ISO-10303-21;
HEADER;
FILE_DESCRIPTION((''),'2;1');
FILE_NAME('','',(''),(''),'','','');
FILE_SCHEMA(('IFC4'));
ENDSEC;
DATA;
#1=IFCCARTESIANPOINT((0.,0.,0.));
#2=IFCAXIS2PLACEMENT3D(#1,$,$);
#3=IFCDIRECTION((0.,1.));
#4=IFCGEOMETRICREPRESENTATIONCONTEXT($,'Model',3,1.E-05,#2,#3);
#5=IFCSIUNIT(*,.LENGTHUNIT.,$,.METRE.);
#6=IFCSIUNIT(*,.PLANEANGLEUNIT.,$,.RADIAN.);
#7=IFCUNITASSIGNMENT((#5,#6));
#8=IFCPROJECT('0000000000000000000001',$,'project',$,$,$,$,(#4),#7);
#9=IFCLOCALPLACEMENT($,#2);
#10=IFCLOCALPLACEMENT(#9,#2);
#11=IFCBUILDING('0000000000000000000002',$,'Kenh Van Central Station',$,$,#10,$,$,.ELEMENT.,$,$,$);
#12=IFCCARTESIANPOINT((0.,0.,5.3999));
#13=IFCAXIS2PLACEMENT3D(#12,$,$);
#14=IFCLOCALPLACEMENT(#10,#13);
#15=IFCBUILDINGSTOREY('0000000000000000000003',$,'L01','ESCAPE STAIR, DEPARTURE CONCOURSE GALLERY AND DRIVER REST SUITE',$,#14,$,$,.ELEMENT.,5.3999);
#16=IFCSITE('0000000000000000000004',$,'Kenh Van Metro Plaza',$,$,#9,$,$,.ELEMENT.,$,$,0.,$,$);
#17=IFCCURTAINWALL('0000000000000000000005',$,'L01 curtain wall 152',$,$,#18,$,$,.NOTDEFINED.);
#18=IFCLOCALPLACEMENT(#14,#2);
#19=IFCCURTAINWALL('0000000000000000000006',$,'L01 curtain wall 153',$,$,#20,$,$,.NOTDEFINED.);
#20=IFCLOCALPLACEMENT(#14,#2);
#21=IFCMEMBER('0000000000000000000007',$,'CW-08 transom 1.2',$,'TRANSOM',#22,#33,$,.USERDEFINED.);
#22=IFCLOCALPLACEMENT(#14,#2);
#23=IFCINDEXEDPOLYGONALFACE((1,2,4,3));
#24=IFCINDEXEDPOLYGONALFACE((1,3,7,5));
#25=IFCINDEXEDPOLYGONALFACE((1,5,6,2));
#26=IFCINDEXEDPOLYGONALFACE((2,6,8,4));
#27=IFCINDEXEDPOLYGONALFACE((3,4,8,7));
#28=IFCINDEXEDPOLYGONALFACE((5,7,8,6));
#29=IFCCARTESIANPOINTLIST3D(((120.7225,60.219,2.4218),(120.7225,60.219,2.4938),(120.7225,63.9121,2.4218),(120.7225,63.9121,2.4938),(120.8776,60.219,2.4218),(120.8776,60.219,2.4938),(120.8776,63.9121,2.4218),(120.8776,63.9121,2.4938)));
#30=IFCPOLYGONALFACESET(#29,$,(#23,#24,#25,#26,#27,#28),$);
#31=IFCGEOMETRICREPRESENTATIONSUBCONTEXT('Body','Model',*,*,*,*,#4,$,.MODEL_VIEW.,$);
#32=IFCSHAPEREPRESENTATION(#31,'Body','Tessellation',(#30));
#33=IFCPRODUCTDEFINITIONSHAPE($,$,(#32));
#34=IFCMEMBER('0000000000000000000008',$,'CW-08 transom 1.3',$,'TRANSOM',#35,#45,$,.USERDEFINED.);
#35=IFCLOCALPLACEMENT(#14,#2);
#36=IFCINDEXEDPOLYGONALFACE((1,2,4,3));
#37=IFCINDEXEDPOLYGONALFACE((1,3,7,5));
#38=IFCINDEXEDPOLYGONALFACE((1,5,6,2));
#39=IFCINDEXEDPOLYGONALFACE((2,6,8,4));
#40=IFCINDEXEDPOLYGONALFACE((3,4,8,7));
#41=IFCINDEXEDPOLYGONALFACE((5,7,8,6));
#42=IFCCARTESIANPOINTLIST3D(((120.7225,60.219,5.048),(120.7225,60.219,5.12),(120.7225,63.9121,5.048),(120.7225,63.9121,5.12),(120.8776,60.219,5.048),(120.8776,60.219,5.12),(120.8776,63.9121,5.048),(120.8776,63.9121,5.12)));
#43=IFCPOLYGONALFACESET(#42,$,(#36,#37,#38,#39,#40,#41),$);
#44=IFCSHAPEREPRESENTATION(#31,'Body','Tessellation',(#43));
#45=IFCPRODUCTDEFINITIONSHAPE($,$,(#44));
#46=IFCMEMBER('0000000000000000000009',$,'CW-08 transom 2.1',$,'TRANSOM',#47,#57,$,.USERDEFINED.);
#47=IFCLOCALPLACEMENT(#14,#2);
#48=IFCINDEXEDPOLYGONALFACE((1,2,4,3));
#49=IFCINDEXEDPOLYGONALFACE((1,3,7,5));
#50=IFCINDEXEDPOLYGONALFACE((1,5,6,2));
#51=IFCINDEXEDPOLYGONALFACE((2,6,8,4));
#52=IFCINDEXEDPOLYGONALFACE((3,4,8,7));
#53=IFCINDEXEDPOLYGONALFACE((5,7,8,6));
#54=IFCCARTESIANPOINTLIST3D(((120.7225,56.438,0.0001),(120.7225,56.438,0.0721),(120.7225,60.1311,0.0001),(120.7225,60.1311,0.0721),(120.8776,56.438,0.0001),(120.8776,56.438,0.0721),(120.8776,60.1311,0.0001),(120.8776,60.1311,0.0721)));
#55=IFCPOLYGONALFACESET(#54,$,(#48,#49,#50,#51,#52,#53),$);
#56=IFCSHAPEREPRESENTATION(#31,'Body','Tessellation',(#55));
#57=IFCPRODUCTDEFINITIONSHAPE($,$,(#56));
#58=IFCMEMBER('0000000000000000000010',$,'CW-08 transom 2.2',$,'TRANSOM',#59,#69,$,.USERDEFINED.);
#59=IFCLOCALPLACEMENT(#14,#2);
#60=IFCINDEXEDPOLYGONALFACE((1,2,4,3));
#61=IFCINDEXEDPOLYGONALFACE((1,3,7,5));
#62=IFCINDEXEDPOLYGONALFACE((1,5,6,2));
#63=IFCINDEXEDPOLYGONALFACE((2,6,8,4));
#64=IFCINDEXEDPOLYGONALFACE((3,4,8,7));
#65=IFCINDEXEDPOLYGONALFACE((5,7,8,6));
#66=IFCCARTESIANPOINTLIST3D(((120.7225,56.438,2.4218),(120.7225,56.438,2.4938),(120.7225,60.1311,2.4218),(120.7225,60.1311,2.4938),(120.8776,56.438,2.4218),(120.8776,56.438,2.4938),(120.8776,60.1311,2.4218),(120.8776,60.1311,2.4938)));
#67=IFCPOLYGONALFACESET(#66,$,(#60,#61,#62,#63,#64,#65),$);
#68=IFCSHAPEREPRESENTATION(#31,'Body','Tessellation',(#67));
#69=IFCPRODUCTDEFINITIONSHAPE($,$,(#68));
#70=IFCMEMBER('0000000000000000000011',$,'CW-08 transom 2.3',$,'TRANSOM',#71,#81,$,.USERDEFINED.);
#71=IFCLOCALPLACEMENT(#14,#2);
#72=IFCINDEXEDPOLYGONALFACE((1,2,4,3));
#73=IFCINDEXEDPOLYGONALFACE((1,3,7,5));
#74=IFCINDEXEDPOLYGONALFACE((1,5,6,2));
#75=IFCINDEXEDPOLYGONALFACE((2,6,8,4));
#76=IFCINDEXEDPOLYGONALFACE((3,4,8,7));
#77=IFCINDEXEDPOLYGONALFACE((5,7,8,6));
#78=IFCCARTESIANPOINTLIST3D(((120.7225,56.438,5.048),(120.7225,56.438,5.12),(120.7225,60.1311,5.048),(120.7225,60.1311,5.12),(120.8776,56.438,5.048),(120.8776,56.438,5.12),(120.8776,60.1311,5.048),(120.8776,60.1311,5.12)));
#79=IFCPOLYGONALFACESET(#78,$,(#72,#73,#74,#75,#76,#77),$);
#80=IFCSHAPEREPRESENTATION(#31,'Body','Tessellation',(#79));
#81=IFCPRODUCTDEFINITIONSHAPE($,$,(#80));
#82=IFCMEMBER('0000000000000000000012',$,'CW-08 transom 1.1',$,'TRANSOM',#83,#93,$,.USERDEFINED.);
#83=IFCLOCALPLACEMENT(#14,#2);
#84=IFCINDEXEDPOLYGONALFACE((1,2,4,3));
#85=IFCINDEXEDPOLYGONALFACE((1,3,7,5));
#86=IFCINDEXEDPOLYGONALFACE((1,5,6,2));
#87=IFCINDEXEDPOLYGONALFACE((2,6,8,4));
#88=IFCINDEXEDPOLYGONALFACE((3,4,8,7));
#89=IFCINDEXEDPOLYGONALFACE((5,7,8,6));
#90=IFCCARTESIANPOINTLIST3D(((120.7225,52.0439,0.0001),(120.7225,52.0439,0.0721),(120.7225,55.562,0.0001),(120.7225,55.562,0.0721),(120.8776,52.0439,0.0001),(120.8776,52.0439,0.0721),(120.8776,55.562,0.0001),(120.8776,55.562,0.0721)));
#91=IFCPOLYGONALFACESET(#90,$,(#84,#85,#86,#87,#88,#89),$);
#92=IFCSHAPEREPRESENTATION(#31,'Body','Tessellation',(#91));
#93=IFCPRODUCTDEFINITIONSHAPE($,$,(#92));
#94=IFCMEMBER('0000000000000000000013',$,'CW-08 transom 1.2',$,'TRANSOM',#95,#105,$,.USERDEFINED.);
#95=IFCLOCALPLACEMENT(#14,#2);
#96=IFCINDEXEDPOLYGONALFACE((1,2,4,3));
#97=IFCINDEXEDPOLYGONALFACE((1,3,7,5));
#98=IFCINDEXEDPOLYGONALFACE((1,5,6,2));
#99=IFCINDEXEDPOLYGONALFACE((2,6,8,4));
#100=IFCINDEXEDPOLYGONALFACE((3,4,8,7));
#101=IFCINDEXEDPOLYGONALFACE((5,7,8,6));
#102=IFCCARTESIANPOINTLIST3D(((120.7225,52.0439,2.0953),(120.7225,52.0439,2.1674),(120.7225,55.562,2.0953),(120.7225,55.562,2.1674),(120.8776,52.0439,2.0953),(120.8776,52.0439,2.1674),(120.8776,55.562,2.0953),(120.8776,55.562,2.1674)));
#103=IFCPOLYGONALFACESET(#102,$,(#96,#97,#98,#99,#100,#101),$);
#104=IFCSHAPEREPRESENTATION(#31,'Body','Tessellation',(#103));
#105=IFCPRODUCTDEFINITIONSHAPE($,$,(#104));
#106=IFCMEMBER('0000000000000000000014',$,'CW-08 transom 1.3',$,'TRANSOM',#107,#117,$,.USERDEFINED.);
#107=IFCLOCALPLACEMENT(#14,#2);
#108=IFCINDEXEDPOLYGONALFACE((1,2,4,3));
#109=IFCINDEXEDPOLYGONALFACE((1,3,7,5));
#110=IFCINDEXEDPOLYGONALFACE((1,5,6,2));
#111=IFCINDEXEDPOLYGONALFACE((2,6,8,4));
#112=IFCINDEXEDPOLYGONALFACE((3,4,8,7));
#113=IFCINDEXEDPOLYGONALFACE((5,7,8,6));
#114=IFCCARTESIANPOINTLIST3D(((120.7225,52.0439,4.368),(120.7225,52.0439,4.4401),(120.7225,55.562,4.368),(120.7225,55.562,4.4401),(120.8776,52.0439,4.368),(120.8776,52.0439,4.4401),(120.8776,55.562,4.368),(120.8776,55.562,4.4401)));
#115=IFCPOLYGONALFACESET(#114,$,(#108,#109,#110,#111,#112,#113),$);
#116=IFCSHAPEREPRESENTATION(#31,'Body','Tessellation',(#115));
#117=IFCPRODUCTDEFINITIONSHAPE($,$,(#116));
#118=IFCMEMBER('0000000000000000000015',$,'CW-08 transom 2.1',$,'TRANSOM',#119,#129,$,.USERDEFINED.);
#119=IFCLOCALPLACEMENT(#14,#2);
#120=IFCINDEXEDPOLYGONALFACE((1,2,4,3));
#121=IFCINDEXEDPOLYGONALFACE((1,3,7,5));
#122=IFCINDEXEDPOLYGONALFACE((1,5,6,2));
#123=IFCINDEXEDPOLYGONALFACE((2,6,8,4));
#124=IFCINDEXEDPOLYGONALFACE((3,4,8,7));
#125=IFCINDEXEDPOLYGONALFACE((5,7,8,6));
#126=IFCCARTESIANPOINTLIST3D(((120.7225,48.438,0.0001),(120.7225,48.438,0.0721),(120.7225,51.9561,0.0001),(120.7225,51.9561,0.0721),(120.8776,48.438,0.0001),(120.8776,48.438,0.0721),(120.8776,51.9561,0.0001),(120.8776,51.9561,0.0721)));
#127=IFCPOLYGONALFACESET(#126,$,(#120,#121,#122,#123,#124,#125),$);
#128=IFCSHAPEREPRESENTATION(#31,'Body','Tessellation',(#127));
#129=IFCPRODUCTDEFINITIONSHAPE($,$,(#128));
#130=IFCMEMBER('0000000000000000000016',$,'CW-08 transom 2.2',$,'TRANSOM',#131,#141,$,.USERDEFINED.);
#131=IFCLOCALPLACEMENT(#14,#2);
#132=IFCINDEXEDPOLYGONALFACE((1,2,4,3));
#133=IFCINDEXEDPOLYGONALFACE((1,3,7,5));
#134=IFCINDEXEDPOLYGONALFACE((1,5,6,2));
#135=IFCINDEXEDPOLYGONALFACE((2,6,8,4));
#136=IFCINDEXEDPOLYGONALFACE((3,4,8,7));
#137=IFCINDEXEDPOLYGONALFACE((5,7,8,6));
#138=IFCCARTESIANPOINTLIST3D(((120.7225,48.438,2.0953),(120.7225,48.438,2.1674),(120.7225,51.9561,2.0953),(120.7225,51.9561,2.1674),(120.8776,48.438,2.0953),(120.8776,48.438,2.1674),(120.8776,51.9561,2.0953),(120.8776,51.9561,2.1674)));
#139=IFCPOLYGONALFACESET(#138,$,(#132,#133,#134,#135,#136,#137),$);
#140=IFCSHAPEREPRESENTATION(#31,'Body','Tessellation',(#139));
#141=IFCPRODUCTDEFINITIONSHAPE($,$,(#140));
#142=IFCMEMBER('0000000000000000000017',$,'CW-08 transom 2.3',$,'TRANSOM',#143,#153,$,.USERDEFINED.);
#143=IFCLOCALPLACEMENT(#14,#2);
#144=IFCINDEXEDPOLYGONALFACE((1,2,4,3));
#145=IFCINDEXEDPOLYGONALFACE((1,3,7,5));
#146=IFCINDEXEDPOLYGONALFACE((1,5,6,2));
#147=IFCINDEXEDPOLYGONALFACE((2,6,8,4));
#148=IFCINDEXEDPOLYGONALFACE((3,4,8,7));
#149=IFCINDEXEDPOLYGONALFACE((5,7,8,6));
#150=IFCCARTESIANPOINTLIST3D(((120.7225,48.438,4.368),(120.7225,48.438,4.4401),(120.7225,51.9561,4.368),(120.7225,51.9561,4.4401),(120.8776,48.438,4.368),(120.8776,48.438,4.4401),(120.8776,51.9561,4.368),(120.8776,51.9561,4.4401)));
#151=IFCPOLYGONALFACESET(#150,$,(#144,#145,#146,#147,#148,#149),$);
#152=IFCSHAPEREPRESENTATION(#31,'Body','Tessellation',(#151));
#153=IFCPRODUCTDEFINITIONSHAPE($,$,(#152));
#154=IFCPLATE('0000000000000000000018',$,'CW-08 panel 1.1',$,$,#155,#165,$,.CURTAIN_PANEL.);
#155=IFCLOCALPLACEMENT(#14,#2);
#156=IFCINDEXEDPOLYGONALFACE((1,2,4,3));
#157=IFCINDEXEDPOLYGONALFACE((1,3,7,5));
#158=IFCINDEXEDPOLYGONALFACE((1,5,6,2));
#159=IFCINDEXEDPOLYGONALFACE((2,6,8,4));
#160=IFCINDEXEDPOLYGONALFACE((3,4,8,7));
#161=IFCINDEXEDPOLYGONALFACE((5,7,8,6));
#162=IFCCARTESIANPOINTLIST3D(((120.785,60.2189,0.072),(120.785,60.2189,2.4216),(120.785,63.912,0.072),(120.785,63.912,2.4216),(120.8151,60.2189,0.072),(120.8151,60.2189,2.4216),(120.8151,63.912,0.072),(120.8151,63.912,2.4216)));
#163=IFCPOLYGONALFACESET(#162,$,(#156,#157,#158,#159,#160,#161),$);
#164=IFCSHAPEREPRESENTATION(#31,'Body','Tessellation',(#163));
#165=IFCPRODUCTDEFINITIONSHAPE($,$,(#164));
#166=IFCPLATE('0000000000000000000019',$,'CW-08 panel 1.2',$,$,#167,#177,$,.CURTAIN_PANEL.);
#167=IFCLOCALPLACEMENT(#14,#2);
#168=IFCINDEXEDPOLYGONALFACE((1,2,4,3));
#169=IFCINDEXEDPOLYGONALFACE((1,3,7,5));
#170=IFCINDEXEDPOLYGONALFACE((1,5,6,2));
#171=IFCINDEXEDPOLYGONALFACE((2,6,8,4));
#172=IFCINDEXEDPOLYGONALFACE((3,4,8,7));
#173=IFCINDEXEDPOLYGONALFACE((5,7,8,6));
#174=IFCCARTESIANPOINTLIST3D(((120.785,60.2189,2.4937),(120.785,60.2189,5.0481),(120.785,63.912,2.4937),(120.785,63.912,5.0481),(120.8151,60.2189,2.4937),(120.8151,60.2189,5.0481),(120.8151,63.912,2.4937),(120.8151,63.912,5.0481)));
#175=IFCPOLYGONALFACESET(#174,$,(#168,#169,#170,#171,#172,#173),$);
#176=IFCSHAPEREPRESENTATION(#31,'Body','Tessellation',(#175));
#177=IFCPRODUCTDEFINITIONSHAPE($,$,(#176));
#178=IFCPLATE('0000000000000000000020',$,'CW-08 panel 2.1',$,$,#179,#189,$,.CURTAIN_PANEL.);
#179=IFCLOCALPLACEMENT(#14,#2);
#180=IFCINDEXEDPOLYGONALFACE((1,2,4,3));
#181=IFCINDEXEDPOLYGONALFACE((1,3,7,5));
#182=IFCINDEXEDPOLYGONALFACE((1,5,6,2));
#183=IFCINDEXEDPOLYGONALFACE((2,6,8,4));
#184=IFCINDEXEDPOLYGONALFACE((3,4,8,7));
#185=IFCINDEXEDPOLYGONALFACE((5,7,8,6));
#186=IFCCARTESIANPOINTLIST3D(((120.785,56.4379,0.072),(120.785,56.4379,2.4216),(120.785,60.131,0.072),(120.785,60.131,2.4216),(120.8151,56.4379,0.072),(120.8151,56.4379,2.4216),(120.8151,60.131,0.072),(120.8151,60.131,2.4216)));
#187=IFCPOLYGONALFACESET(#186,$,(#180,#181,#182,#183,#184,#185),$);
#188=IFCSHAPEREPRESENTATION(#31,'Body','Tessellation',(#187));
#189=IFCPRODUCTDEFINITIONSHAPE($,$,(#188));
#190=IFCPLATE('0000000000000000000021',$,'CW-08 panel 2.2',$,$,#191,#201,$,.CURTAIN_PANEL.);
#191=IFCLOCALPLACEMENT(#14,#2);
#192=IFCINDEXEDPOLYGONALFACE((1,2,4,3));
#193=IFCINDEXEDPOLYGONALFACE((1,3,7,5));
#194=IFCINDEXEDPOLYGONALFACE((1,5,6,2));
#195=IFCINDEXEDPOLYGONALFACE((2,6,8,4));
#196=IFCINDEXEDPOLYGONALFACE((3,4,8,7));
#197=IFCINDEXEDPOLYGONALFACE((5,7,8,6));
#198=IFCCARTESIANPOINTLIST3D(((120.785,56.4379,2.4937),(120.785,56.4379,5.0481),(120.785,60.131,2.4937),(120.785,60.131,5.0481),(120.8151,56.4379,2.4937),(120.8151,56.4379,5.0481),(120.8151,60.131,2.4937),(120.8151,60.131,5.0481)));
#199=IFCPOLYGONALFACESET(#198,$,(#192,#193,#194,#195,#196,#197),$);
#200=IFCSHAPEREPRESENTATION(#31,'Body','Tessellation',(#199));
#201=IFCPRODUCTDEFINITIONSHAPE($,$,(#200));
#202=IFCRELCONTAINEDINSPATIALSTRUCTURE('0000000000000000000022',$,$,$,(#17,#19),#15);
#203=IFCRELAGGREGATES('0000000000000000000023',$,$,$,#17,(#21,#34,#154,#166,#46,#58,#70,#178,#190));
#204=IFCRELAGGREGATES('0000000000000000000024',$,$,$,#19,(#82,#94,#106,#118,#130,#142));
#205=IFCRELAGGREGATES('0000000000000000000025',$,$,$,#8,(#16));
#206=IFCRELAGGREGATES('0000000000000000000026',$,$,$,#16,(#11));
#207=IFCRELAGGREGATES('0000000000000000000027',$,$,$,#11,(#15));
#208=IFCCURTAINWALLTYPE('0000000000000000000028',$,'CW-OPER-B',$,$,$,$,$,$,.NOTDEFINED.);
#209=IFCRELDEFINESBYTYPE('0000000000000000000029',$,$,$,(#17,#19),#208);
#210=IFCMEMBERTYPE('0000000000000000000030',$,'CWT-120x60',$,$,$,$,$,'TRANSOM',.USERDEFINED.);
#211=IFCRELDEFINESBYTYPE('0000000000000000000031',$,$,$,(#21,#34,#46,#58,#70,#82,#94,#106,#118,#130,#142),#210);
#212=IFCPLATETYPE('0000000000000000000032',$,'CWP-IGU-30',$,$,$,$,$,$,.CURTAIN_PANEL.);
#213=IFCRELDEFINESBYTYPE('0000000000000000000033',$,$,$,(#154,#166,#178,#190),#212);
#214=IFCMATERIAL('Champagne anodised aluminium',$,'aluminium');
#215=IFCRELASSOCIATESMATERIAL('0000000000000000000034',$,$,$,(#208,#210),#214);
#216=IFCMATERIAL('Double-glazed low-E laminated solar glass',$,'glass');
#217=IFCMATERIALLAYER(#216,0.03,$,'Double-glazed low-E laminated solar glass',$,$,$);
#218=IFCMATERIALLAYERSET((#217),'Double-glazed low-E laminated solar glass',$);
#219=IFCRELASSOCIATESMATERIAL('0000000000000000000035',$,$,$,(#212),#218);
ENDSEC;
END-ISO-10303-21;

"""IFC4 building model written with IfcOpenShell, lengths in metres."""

from ifc_helpers import new_model, si_unit, direction, frame, origin, origin_2d, place, context, subcontext, project, spatial, rectangle, extrude, material, layer, layer_set, material_profile, profile_set, type_object, element, aggregate, save


model = new_model("IFC4")

# Units and contexts
model_context = context("Model", 3, precision=1e-05, world=origin(), true_north=direction((0.0, 1.0)))
body_context = subcontext(model_context, "Body", "Model", "MODEL_VIEW")
ifc_project = project(units=[si_unit("LENGTHUNIT", "METRE"), si_unit("PLANEANGLEUNIT", "RADIAN")], contexts=[model_context])

# Site, building, storey
site_placement = place(None, origin())
site = spatial("IfcSite", under=ifc_project, at=site_placement, Name="Kenh Van Metro Plaza", CompositionType="ELEMENT", RefElevation=0.0)
building_placement = place(site_placement, origin())
building = spatial("IfcBuilding", under=site, at=building_placement, Name="Kenh Van Central Station", CompositionType="ELEMENT")
storey_placement = place(building_placement, frame((0.0, 0.0, 5.3999)))
storey = spatial("IfcBuildingStorey", under=building, at=storey_placement, Name="L01", Description="ESCAPE STAIR, DEPARTURE CONCOURSE GALLERY AND DRIVER REST SUITE", CompositionType="ELEMENT", Elevation=5.3999)

# Curtain walls
ifc_material_1 = material(Name="Champagne anodised aluminium", Category="aluminium")
curtain_wall_type = type_object("IfcCurtainWallType", Name="CW-OPER-B", PredefinedType="NOTDEFINED", material=ifc_material_1)
curtain_wall_1_placement = place(storey_placement, origin())
curtain_wall_1 = element("IfcCurtainWall", 1, at=curtain_wall_1_placement, inside=storey, type_object=curtain_wall_type, Name="L01 curtain wall 152", PredefinedType="NOTDEFINED")
curtain_wall_2_placement = place(storey_placement, origin())
curtain_wall_2 = element("IfcCurtainWall", 2, at=curtain_wall_2_placement, inside=storey, type_object=curtain_wall_type, Name="L01 curtain wall 153", PredefinedType="NOTDEFINED")

# Members
ifc_material_profile_1 = material_profile(ifc_material_1, rectangle(XDim=0.155, YDim=0.072, at=origin_2d()), Name="AL 155x72")
ifc_profile_set_1 = profile_set([ifc_material_profile_1], Name="Champagne anodised aluminium")
member_type_1 = type_object("IfcMemberType", Name="CWT-120x60", ElementType="TRANSOM", PredefinedType="USERDEFINED", material=ifc_profile_set_1)
member_1_placement = place(storey_placement, frame((120.8, 63.9121, 2.4578), z_axis=(0.0, -1.0, 0.0), x_axis=(1.0, 0.0, 0.0)))
member_1 = element("IfcMember", 3, at=member_1_placement, type_object=member_type_1, Name="CW-08 transom 1.2", ObjectType="TRANSOM", PredefinedType="USERDEFINED", context=body_context, shape_type="SweptSolid", body=[
    extrude(rectangle(XDim=0.155, YDim=0.072, at=origin_2d()), origin(), (0.0, 0.0, 1.0), 3.6931),
])
member_2_placement = place(storey_placement, frame((120.8, 63.9121, 5.084), z_axis=(0.0, -1.0, 0.0), x_axis=(1.0, 0.0, 0.0)))
member_2 = element("IfcMember", 4, at=member_2_placement, type_object=member_type_1, Name="CW-08 transom 1.3", ObjectType="TRANSOM", PredefinedType="USERDEFINED", context=body_context, shape_type="SweptSolid", body=[
    extrude(rectangle(XDim=0.155, YDim=0.072, at=origin_2d()), origin(), (0.0, 0.0, 1.0), 3.6931),
])
member_3_placement = place(storey_placement, frame((120.8, 60.1311, 0.0361), z_axis=(0.0, -1.0, 0.0), x_axis=(1.0, 0.0, 0.0)))
member_3 = element("IfcMember", 5, at=member_3_placement, type_object=member_type_1, Name="CW-08 transom 2.1", ObjectType="TRANSOM", PredefinedType="USERDEFINED", context=body_context, shape_type="SweptSolid", body=[
    extrude(rectangle(XDim=0.155, YDim=0.072, at=origin_2d()), origin(), (0.0, 0.0, 1.0), 3.6931),
])
member_4_placement = place(storey_placement, frame((120.8, 60.1311, 2.4578), z_axis=(0.0, -1.0, 0.0), x_axis=(1.0, 0.0, 0.0)))
member_4 = element("IfcMember", 6, at=member_4_placement, type_object=member_type_1, Name="CW-08 transom 2.2", ObjectType="TRANSOM", PredefinedType="USERDEFINED", context=body_context, shape_type="SweptSolid", body=[
    extrude(rectangle(XDim=0.155, YDim=0.072, at=origin_2d()), origin(), (0.0, 0.0, 1.0), 3.6931),
])
member_5_placement = place(storey_placement, frame((120.8, 60.1311, 5.084), z_axis=(0.0, -1.0, 0.0), x_axis=(1.0, 0.0, 0.0)))
member_5 = element("IfcMember", 7, at=member_5_placement, type_object=member_type_1, Name="CW-08 transom 2.3", ObjectType="TRANSOM", PredefinedType="USERDEFINED", context=body_context, shape_type="SweptSolid", body=[
    extrude(rectangle(XDim=0.155, YDim=0.072, at=origin_2d()), origin(), (0.0, 0.0, 1.0), 3.6931),
])
member_6_placement = place(storey_placement, frame((120.8, 55.562, 0.0361), z_axis=(0.0, -1.0, 0.0), x_axis=(1.0, 0.0, 0.0)))
member_6 = element("IfcMember", 8, at=member_6_placement, type_object=member_type_1, Name="CW-08 transom 1.1", ObjectType="TRANSOM", PredefinedType="USERDEFINED", context=body_context, shape_type="SweptSolid", body=[
    extrude(rectangle(XDim=0.155, YDim=0.072, at=origin_2d()), origin(), (0.0, 0.0, 1.0), 3.5181),
])
member_7_placement = place(storey_placement, frame((120.8, 55.562, 2.1313), z_axis=(0.0, -1.0, 0.0), x_axis=(1.0, 0.0, 0.0)))
member_7 = element("IfcMember", 9, at=member_7_placement, type_object=member_type_1, Name="CW-08 transom 1.2", ObjectType="TRANSOM", PredefinedType="USERDEFINED", context=body_context, shape_type="SweptSolid", body=[
    extrude(rectangle(XDim=0.155, YDim=0.072, at=origin_2d()), origin(), (0.0, 0.0, 1.0), 3.5181),
])
member_8_placement = place(storey_placement, frame((120.8, 55.562, 4.4041), z_axis=(0.0, -1.0, 0.0), x_axis=(1.0, 0.0, 0.0)))
member_8 = element("IfcMember", 10, at=member_8_placement, type_object=member_type_1, Name="CW-08 transom 1.3", ObjectType="TRANSOM", PredefinedType="USERDEFINED", context=body_context, shape_type="SweptSolid", body=[
    extrude(rectangle(XDim=0.155, YDim=0.072, at=origin_2d()), origin(), (0.0, 0.0, 1.0), 3.5181),
])
member_9_placement = place(storey_placement, frame((120.8, 51.9561, 0.0361), z_axis=(0.0, -1.0, 0.0), x_axis=(1.0, 0.0, 0.0)))
member_9 = element("IfcMember", 11, at=member_9_placement, type_object=member_type_1, Name="CW-08 transom 2.1", ObjectType="TRANSOM", PredefinedType="USERDEFINED", context=body_context, shape_type="SweptSolid", body=[
    extrude(rectangle(XDim=0.155, YDim=0.072, at=origin_2d()), origin(), (0.0, 0.0, 1.0), 3.5181),
])
member_10_placement = place(storey_placement, frame((120.8, 51.9561, 2.1313), z_axis=(0.0, -1.0, 0.0), x_axis=(1.0, 0.0, 0.0)))
member_10 = element("IfcMember", 12, at=member_10_placement, type_object=member_type_1, Name="CW-08 transom 2.2", ObjectType="TRANSOM", PredefinedType="USERDEFINED", context=body_context, shape_type="SweptSolid", body=[
    extrude(rectangle(XDim=0.155, YDim=0.072, at=origin_2d()), origin(), (0.0, 0.0, 1.0), 3.5181),
])
member_11_placement = place(storey_placement, frame((120.8, 51.9561, 4.4041), z_axis=(0.0, -1.0, 0.0), x_axis=(1.0, 0.0, 0.0)))
member_11 = element("IfcMember", 13, at=member_11_placement, type_object=member_type_1, Name="CW-08 transom 2.3", ObjectType="TRANSOM", PredefinedType="USERDEFINED", context=body_context, shape_type="SweptSolid", body=[
    extrude(rectangle(XDim=0.155, YDim=0.072, at=origin_2d()), origin(), (0.0, 0.0, 1.0), 3.5181),
])

# Plates
ifc_material_2 = material(Name="Double-glazed low-E laminated solar glass", Category="glass")
ifc_layer_1 = layer(ifc_material_2, 0.03, Name="Double-glazed low-E laminated solar glass")
ifc_layer_set_1 = layer_set([ifc_layer_1], Name="Double-glazed low-E laminated solar glass")
plate_type = type_object("IfcPlateType", Name="CWP-IGU-30", PredefinedType="CURTAIN_PANEL", material=ifc_layer_set_1)
plate_1_placement = place(storey_placement, frame((120.8, 62.0654, 0.072), z_axis=(0.0, 0.0, 1.0), x_axis=(0.0, -1.0, 0.0)))
plate_1 = element("IfcPlate", 14, at=plate_1_placement, type_object=plate_type, Name="CW-08 panel 1.1", PredefinedType="CURTAIN_PANEL", context=body_context, shape_type="SweptSolid", body=[
    extrude(rectangle(XDim=3.6931, YDim=0.03, at=origin_2d()), origin(), (0.0, 0.0, 1.0), 2.3496),
])
plate_2_placement = place(storey_placement, frame((120.8, 62.0654, 2.4937), z_axis=(0.0, 0.0, 1.0), x_axis=(0.0, -1.0, 0.0)))
plate_2 = element("IfcPlate", 15, at=plate_2_placement, type_object=plate_type, Name="CW-08 panel 1.2", PredefinedType="CURTAIN_PANEL", context=body_context, shape_type="SweptSolid", body=[
    extrude(rectangle(XDim=3.6931, YDim=0.03, at=origin_2d()), origin(), (0.0, 0.0, 1.0), 2.5544),
])
plate_3_placement = place(storey_placement, frame((120.8, 58.2844, 0.072), z_axis=(0.0, 0.0, 1.0), x_axis=(0.0, -1.0, 0.0)))
plate_3 = element("IfcPlate", 16, at=plate_3_placement, type_object=plate_type, Name="CW-08 panel 2.1", PredefinedType="CURTAIN_PANEL", context=body_context, shape_type="SweptSolid", body=[
    extrude(rectangle(XDim=3.6931, YDim=0.03, at=origin_2d()), origin(), (0.0, 0.0, 1.0), 2.3496),
])
plate_4_placement = place(storey_placement, frame((120.8, 58.2844, 2.4937), z_axis=(0.0, 0.0, 1.0), x_axis=(0.0, -1.0, 0.0)))
plate_4 = element("IfcPlate", 17, at=plate_4_placement, type_object=plate_type, Name="CW-08 panel 2.2", PredefinedType="CURTAIN_PANEL", context=body_context, shape_type="SweptSolid", body=[
    extrude(rectangle(XDim=3.6931, YDim=0.03, at=origin_2d()), origin(), (0.0, 0.0, 1.0), 2.5544),
])
aggregate(curtain_wall_1, [member_1, member_2, plate_1, plate_2, member_3, member_4, member_5, plate_3, plate_4])
aggregate(curtain_wall_2, [member_6, member_7, member_8, member_9, member_10, member_11])

save(model, "model.ifc")
